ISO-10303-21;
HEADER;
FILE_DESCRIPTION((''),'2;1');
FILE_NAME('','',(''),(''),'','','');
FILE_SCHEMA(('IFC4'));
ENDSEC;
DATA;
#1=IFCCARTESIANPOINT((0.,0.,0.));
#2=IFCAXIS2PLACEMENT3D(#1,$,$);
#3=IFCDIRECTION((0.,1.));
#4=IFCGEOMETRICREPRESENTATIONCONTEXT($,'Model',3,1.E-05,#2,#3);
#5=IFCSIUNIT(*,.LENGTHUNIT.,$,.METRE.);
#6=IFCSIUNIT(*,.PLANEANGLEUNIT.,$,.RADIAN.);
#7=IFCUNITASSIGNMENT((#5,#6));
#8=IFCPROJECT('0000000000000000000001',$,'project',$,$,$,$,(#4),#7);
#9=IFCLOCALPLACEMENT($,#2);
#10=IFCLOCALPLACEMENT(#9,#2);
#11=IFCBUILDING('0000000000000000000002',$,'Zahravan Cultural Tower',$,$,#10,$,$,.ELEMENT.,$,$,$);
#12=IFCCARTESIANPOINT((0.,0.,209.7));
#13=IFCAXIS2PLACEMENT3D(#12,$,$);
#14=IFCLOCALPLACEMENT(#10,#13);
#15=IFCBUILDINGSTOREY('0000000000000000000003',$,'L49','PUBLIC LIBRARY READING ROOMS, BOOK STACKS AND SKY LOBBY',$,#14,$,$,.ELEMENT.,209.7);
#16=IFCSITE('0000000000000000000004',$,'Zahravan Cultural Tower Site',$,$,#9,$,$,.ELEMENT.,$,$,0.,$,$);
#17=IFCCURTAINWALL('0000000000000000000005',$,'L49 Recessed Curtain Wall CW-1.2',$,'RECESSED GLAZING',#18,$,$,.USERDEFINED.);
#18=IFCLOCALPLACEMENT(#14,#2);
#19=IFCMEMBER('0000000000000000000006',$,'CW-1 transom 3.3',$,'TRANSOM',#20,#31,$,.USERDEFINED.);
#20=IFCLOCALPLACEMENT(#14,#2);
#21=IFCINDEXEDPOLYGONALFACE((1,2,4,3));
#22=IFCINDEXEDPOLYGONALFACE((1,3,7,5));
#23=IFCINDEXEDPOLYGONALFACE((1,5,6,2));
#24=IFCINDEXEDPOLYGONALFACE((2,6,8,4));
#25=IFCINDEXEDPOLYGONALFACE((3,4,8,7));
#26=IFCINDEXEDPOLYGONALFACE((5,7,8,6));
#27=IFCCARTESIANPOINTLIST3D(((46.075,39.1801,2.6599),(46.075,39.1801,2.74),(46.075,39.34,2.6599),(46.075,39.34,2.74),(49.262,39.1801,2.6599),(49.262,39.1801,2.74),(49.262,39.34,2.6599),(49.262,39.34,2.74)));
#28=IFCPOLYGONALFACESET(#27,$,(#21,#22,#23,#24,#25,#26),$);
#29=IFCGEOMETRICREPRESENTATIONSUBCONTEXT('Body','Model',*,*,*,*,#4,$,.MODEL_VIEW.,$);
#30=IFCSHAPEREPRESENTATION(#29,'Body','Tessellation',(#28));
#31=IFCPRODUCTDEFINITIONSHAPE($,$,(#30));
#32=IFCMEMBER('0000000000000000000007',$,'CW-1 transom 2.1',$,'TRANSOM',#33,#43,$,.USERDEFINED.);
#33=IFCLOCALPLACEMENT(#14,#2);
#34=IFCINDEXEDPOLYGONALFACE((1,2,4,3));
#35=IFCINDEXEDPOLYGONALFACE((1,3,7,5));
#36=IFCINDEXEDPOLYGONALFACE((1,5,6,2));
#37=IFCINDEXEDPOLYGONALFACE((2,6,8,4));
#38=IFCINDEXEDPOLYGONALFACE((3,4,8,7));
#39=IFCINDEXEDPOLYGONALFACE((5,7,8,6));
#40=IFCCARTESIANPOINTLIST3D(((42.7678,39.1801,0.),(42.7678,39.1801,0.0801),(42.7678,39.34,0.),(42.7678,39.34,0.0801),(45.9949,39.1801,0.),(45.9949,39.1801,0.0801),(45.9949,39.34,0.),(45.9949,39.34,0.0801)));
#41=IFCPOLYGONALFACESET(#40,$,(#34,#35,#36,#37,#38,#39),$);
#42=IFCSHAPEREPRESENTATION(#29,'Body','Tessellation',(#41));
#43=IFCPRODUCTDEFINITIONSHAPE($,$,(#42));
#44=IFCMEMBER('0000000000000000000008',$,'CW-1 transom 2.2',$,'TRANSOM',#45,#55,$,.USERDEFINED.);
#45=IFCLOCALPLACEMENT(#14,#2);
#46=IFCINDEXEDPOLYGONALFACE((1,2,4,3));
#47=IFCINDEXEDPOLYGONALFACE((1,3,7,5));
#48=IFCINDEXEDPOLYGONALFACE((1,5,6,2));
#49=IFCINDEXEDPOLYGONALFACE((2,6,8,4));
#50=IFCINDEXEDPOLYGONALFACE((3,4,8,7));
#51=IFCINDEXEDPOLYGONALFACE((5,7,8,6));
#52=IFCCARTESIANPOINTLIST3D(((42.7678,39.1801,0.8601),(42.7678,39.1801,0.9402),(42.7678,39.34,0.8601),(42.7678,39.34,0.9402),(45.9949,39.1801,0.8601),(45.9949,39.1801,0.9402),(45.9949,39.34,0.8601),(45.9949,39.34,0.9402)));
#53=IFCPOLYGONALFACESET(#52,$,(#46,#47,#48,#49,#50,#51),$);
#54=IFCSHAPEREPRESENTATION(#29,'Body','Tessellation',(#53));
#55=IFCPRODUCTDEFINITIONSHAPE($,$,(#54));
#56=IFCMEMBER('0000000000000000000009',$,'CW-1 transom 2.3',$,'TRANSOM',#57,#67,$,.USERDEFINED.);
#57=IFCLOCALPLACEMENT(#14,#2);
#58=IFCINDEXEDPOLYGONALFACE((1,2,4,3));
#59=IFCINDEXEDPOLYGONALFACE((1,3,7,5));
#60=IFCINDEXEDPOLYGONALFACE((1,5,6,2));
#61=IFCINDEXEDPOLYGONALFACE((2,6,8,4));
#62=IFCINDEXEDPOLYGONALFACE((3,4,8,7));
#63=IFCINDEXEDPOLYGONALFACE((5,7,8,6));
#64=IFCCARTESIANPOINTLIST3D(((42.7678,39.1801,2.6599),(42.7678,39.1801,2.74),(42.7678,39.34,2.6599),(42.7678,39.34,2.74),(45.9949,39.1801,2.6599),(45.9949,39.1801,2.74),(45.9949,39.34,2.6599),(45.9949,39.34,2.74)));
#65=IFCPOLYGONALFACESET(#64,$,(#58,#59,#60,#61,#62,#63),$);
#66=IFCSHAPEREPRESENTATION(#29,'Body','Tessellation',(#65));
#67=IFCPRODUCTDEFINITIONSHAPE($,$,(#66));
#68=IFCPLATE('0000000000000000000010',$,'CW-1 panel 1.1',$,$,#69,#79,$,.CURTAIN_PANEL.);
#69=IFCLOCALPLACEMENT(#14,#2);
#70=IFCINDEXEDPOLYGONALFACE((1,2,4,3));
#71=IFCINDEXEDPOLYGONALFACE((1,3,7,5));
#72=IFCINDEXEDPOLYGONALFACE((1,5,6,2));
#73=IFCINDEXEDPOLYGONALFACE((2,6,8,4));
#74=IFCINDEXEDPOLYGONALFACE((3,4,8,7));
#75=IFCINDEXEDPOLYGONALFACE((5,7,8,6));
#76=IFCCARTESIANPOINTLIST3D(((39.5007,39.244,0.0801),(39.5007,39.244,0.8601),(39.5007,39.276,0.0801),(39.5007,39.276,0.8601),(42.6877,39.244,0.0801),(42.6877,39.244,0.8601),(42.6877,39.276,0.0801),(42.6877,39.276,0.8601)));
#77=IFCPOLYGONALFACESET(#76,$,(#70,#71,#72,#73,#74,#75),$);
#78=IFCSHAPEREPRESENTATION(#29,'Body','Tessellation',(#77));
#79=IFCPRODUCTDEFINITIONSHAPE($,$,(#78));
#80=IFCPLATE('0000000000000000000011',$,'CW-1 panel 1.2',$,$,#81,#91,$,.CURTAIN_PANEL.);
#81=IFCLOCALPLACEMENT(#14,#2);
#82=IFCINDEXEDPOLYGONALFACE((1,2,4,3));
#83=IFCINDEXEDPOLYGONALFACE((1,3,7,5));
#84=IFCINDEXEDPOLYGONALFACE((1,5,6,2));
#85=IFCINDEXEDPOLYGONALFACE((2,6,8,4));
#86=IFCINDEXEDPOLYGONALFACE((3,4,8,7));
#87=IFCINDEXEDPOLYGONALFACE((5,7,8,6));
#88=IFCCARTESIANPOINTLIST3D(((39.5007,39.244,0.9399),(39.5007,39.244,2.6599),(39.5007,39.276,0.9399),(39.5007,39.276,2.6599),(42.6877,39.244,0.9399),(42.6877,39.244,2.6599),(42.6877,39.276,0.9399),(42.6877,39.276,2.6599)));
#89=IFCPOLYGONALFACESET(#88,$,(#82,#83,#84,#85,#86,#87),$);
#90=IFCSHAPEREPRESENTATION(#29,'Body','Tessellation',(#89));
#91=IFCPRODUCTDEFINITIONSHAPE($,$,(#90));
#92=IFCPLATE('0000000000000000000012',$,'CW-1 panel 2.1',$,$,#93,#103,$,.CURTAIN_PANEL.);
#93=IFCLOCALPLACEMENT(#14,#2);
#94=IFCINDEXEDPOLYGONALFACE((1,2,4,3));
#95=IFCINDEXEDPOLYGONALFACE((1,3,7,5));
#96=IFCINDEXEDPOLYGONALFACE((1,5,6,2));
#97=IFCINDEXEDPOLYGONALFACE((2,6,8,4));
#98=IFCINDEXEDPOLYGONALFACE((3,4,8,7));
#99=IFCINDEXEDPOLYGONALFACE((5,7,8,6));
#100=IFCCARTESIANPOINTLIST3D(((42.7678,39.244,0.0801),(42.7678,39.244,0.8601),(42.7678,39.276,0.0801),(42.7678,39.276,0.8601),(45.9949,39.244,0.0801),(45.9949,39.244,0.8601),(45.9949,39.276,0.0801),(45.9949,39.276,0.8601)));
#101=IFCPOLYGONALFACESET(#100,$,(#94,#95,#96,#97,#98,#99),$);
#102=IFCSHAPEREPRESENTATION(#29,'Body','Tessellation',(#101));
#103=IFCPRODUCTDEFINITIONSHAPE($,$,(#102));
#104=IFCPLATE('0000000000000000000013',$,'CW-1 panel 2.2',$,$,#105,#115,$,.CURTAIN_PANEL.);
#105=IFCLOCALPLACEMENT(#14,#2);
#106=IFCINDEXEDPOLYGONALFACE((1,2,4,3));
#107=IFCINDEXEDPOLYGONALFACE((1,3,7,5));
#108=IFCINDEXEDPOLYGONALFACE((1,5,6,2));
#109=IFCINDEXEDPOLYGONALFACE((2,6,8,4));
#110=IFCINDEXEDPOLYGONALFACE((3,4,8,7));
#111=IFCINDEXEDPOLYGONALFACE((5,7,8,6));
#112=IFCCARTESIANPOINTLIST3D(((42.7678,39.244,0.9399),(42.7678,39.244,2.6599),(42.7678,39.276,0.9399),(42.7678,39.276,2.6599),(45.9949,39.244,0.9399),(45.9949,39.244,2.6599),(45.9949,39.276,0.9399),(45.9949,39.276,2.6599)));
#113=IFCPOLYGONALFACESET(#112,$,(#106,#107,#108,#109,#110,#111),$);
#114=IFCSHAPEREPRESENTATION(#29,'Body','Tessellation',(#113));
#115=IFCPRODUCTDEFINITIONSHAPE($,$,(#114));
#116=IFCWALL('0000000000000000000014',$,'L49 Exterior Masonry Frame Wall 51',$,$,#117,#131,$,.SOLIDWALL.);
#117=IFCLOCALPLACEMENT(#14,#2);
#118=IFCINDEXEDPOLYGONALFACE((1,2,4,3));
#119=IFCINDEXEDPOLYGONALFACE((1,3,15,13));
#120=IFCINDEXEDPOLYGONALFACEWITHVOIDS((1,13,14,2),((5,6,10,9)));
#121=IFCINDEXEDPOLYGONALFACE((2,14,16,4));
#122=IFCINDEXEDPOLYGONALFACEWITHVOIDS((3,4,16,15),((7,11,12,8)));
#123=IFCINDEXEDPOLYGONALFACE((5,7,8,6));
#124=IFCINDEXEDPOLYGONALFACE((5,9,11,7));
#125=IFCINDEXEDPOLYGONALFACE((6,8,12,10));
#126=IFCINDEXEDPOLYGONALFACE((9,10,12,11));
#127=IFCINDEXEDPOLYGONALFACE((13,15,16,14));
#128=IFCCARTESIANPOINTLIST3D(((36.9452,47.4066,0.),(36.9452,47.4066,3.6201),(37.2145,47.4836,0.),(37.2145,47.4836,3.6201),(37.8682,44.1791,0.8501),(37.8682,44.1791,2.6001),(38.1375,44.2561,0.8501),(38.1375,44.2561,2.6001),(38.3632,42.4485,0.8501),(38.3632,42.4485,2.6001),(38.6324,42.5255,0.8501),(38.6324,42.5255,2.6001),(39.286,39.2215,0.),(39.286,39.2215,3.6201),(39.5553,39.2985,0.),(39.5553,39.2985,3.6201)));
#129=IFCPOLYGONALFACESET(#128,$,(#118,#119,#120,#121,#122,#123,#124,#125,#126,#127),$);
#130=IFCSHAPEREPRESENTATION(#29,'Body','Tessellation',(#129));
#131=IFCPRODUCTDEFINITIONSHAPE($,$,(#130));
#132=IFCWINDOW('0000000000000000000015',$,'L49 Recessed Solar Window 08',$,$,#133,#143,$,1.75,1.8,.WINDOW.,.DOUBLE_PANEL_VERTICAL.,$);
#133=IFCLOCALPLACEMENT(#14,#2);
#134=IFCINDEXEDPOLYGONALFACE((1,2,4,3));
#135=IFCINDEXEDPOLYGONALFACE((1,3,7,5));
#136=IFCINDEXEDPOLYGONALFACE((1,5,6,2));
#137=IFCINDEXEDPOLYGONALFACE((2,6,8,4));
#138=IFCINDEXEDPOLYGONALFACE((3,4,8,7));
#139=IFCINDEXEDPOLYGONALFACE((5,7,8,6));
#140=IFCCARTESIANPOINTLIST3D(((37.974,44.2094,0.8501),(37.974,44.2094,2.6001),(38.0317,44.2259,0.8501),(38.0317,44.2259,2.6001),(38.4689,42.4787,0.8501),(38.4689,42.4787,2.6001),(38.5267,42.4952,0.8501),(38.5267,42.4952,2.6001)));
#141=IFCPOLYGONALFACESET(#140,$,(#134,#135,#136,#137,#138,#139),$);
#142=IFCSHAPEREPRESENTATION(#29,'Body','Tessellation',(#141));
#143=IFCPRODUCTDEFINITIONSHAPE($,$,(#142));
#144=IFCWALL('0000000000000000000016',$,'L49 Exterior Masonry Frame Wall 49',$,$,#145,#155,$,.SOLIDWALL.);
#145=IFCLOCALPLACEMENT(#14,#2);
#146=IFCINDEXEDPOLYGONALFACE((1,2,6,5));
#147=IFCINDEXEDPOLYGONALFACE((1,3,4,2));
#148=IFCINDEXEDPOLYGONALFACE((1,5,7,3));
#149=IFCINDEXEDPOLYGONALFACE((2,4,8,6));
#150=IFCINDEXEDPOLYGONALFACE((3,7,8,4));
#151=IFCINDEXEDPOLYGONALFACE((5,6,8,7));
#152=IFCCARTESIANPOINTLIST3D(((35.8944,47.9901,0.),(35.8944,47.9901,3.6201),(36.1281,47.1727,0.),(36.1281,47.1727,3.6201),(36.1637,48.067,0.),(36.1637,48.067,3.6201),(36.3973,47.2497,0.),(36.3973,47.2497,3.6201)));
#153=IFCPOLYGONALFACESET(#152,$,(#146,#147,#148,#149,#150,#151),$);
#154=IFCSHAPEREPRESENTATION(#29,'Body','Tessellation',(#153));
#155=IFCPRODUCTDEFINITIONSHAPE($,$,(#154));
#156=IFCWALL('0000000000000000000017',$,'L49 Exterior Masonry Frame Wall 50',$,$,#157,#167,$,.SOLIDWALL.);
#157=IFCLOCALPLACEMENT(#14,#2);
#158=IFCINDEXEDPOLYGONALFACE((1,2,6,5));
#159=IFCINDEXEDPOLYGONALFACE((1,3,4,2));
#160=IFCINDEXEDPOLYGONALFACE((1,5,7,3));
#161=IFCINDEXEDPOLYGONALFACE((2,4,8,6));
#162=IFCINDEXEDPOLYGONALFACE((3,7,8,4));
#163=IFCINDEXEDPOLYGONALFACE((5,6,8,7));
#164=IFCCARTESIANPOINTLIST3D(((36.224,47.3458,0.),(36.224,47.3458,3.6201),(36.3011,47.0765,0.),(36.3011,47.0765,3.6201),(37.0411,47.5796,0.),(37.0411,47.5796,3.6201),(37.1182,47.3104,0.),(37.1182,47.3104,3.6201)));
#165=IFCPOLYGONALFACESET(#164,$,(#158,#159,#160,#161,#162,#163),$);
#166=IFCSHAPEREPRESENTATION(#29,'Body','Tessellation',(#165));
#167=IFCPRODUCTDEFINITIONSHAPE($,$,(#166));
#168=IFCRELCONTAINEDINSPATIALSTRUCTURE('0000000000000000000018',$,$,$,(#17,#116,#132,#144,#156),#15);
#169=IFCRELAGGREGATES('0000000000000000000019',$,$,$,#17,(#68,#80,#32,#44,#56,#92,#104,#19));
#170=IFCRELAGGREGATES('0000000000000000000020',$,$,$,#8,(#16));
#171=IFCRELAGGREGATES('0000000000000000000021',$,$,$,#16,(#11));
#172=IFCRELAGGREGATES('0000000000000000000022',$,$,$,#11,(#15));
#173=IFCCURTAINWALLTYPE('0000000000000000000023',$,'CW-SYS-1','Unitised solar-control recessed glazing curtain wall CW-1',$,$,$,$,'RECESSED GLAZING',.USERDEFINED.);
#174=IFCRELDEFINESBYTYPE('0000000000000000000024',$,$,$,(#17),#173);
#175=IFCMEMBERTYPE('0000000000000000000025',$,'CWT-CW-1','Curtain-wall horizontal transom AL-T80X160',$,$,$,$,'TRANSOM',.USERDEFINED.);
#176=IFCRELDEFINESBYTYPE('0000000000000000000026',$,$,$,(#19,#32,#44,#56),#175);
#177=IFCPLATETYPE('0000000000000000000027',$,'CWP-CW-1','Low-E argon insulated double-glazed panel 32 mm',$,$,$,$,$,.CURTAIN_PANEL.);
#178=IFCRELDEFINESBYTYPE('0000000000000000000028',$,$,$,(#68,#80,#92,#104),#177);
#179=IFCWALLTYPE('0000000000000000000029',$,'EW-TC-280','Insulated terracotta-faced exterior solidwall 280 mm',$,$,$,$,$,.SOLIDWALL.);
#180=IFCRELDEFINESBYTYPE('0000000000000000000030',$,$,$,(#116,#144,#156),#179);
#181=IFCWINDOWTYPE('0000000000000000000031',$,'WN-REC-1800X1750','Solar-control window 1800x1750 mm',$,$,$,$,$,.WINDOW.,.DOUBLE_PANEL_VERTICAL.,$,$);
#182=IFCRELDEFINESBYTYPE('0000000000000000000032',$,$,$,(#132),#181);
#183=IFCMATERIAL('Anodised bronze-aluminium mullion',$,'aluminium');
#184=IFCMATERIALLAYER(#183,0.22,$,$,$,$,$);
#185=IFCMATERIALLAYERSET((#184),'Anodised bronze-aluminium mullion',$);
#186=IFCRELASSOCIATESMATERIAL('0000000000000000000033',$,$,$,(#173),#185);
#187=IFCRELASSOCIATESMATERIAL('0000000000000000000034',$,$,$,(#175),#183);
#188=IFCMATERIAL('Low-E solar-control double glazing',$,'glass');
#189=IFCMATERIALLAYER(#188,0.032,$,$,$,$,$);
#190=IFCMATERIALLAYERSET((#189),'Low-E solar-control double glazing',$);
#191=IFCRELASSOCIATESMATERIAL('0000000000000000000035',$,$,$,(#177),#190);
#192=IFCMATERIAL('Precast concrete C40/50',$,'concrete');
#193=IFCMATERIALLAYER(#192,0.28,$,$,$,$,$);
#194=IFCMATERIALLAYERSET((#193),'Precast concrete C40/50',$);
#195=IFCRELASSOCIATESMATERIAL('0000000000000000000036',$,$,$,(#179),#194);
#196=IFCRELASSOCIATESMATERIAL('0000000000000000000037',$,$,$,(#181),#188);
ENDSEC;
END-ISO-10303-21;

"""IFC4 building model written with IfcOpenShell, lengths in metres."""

from ifc_helpers import new_model, si_unit, direction, frame, frame_2d, origin, origin_2d, place, context, subcontext, project, spatial, rectangle, extrude, source, transform, mapped, material, layer, layer_set, material_profile, profile_set, type_object, element, fill, aggregate, save


model = new_model("IFC4")

# Units and contexts
model_context = context("Model", 3, precision=1e-05, world=origin(), true_north=direction((0.0, 1.0)))
body_context = subcontext(model_context, "Body", "Model", "MODEL_VIEW")
ifc_project = project(units=[si_unit("LENGTHUNIT", "METRE"), si_unit("PLANEANGLEUNIT", "RADIAN")], contexts=[model_context])

# Site, building, storey
site_placement = place(None, origin())
site = spatial("IfcSite", under=ifc_project, at=site_placement, Name="Zahravan Cultural Tower Site", CompositionType="ELEMENT", RefElevation=0.0)
building_placement = place(site_placement, origin())
building = spatial("IfcBuilding", under=site, at=building_placement, Name="Zahravan Cultural Tower", CompositionType="ELEMENT")
storey_placement = place(building_placement, frame((0.0, 0.0, 209.7)))
storey = spatial("IfcBuildingStorey", under=building, at=storey_placement, Name="L49", Description="PUBLIC LIBRARY READING ROOMS, BOOK STACKS AND SKY LOBBY", CompositionType="ELEMENT", Elevation=209.7)

# Curtain wall, members, plates
ifc_material_1 = material(Name="Anodised bronze-aluminium mullion", Category="aluminium")
ifc_layer_1 = layer(ifc_material_1, 0.22)
ifc_layer_set_1 = layer_set([ifc_layer_1], Name="Anodised bronze-aluminium mullion")
curtain_wall_type = type_object("IfcCurtainWallType", Name="CW-SYS-1", Description="Unitised solar-control recessed glazing curtain wall CW-1", ElementType="RECESSED GLAZING", PredefinedType="USERDEFINED", material=ifc_layer_set_1)
curtain_wall_placement = place(storey_placement, origin())
curtain_wall = element("IfcCurtainWall", 1, at=curtain_wall_placement, inside=storey, type_object=curtain_wall_type, Name="L49 Recessed Curtain Wall CW-1.2", ObjectType="RECESSED GLAZING", PredefinedType="USERDEFINED")
ifc_material_profile_1 = material_profile(ifc_material_1, rectangle(XDim=0.1599, YDim=0.0801, at=origin_2d()), Name="AL-T80X160")
ifc_profile_set_1 = profile_set([ifc_material_profile_1], Name="Anodised bronze-aluminium mullion")
member_type_1 = type_object("IfcMemberType", Name="CWT-CW-1", Description="Curtain-wall horizontal transom AL-T80X160", ElementType="TRANSOM", PredefinedType="USERDEFINED", material=ifc_profile_set_1)
shared_shape_1 = source(origin(), body_context, "Body", "SweptSolid", [
    extrude(rectangle(XDim=0.1599, YDim=0.0801, at=origin_2d()), origin(), (0.0, 0.0, 1.0), 3.187),
])
member_1_placement = place(storey_placement, frame((46.075, 39.26, 2.7), z_axis=(1.0, 0.0, 0.0), x_axis=(0.0, 1.0, 0.0)))
member_1 = element("IfcMember", 2, at=member_1_placement, type_object=member_type_1, Name="CW-1 transom 3.3", ObjectType="TRANSOM", PredefinedType="USERDEFINED", context=body_context, shape_type="MappedRepresentation", body=[
    mapped(shared_shape_1, transform((0.0, 0.0, 0.0), x_axis=(1.0, 0.0, 0.0), y_axis=(0.0, 1.0, 0.0), z_axis=(0.0, 0.0, 1.0), scale=1.0)),
])
shared_shape_2 = source(origin(), body_context, "Body", "SweptSolid", [
    extrude(rectangle(XDim=0.1599, YDim=0.0801, at=origin_2d()), origin(), (0.0, 0.0, 1.0), 3.2271),
])
member_2_placement = place(storey_placement, frame((42.7678, 39.26, 0.04), z_axis=(1.0, 0.0, 0.0), x_axis=(0.0, 1.0, 0.0)))
member_2 = element("IfcMember", 3, at=member_2_placement, type_object=member_type_1, Name="CW-1 transom 2.1", ObjectType="TRANSOM", PredefinedType="USERDEFINED", context=body_context, shape_type="MappedRepresentation", body=[
    mapped(shared_shape_2, transform((0.0, 0.0, 0.0), x_axis=(1.0, 0.0, 0.0), y_axis=(0.0, 1.0, 0.0), z_axis=(0.0, 0.0, 1.0), scale=1.0)),
])
member_3_placement = place(storey_placement, frame((42.7678, 39.26, 0.9001), z_axis=(1.0, 0.0, 0.0), x_axis=(0.0, 1.0, 0.0)))
member_3 = element("IfcMember", 4, at=member_3_placement, type_object=member_type_1, Name="CW-1 transom 2.2", ObjectType="TRANSOM", PredefinedType="USERDEFINED", context=body_context, shape_type="MappedRepresentation", body=[
    mapped(shared_shape_2, transform((0.0, 0.0, 0.0), x_axis=(1.0, 0.0, 0.0), y_axis=(0.0, 1.0, 0.0), z_axis=(0.0, 0.0, 1.0), scale=1.0)),
])
member_4_placement = place(storey_placement, frame((42.7678, 39.26, 2.7), z_axis=(1.0, 0.0, 0.0), x_axis=(0.0, 1.0, 0.0)))
member_4 = element("IfcMember", 5, at=member_4_placement, type_object=member_type_1, Name="CW-1 transom 2.3", ObjectType="TRANSOM", PredefinedType="USERDEFINED", context=body_context, shape_type="MappedRepresentation", body=[
    mapped(shared_shape_2, transform((0.0, 0.0, 0.0), x_axis=(1.0, 0.0, 0.0), y_axis=(0.0, 1.0, 0.0), z_axis=(0.0, 0.0, 1.0), scale=1.0)),
])
ifc_material_2 = material(Name="Low-E solar-control double glazing", Category="glass")
ifc_layer_2 = layer(ifc_material_2, 0.032)
ifc_layer_set_2 = layer_set([ifc_layer_2], Name="Low-E solar-control double glazing")
plate_type = type_object("IfcPlateType", Name="CWP-CW-1", Description="Low-E argon insulated double-glazed panel 32 mm", PredefinedType="CURTAIN_PANEL", material=ifc_layer_set_2)
shared_shape_3 = source(origin(), body_context, "Body", "SweptSolid", [
    extrude(rectangle(XDim=3.187, YDim=0.032, at=origin_2d()), origin(), (0.0, 0.0, 1.0), 0.78),
])
plate_1_placement = place(storey_placement, frame((41.0942, 39.26, 0.0801), z_axis=(0.0, 0.0, 1.0), x_axis=(1.0, 0.0, 0.0)))
plate_1 = element("IfcPlate", 6, at=plate_1_placement, type_object=plate_type, Name="CW-1 panel 1.1", PredefinedType="CURTAIN_PANEL", context=body_context, shape_type="MappedRepresentation", body=[
    mapped(shared_shape_3, transform((0.0, 0.0, 0.0), x_axis=(1.0, 0.0, 0.0), y_axis=(0.0, 1.0, 0.0), z_axis=(0.0, 0.0, 1.0), scale=1.0)),
])
shared_shape_4 = source(origin(), body_context, "Body", "SweptSolid", [
    extrude(rectangle(XDim=3.187, YDim=0.032, at=origin_2d()), origin(), (0.0, 0.0, 1.0), 1.72),
])
plate_2_placement = place(storey_placement, frame((41.0942, 39.26, 0.9399), z_axis=(0.0, 0.0, 1.0), x_axis=(1.0, 0.0, 0.0)))
plate_2 = element("IfcPlate", 7, at=plate_2_placement, type_object=plate_type, Name="CW-1 panel 1.2", PredefinedType="CURTAIN_PANEL", context=body_context, shape_type="MappedRepresentation", body=[
    mapped(shared_shape_4, transform((0.0, 0.0, 0.0), x_axis=(1.0, 0.0, 0.0), y_axis=(0.0, 1.0, 0.0), z_axis=(0.0, 0.0, 1.0), scale=1.0)),
])
shared_shape_5 = source(origin(), body_context, "Body", "SweptSolid", [
    extrude(rectangle(XDim=3.2271, YDim=0.032, at=origin_2d()), origin(), (0.0, 0.0, 1.0), 0.78),
])
plate_3_placement = place(storey_placement, frame((44.3813, 39.26, 0.0801), z_axis=(0.0, 0.0, 1.0), x_axis=(1.0, 0.0, 0.0)))
plate_3 = element("IfcPlate", 8, at=plate_3_placement, type_object=plate_type, Name="CW-1 panel 2.1", PredefinedType="CURTAIN_PANEL", context=body_context, shape_type="MappedRepresentation", body=[
    mapped(shared_shape_5, transform((0.0, 0.0, 0.0), x_axis=(1.0, 0.0, 0.0), y_axis=(0.0, 1.0, 0.0), z_axis=(0.0, 0.0, 1.0), scale=1.0)),
])
shared_shape_6 = source(origin(), body_context, "Body", "SweptSolid", [
    extrude(rectangle(XDim=3.2271, YDim=0.032, at=origin_2d()), origin(), (0.0, 0.0, 1.0), 1.72),
])
plate_4_placement = place(storey_placement, frame((44.3813, 39.26, 0.9399), z_axis=(0.0, 0.0, 1.0), x_axis=(1.0, 0.0, 0.0)))
plate_4 = element("IfcPlate", 9, at=plate_4_placement, type_object=plate_type, Name="CW-1 panel 2.2", PredefinedType="CURTAIN_PANEL", context=body_context, shape_type="MappedRepresentation", body=[
    mapped(shared_shape_6, transform((0.0, 0.0, 0.0), x_axis=(1.0, 0.0, 0.0), y_axis=(0.0, 1.0, 0.0), z_axis=(0.0, 0.0, 1.0), scale=1.0)),
])
aggregate(curtain_wall, [plate_1, plate_2, member_2, member_3, member_4, plate_3, plate_4, member_1])

# Wall, opening, window
ifc_material_3 = material(Name="Precast concrete C40/50", Category="concrete")
ifc_layer_3 = layer(ifc_material_3, 0.28)
ifc_layer_set_3 = layer_set([ifc_layer_3], Name="Precast concrete C40/50")
wall_type_1 = type_object("IfcWallType", Name="EW-TC-280", Description="Insulated terracotta-faced exterior solidwall 280 mm", PredefinedType="SOLIDWALL", material=ifc_layer_set_3)
wall_1_placement = place(storey_placement, frame((37.0798, 47.4451, 0.0), z_axis=(0.0, 0.0, 1.0), x_axis=(0.274964, -0.961455, 0.0)))
wall_1 = element("IfcWall", 10, at=wall_1_placement, inside=storey, type_object=wall_type_1, Name="L49 Exterior Masonry Frame Wall 51", PredefinedType="SOLIDWALL", context=body_context, shape_type="SweptSolid", body=[
    extrude(rectangle(XDim=8.5132, YDim=0.28, at=frame_2d((4.2566, 0.0))), origin(), (0.0, 0.0, 1.0), 3.6201),
])
opening_placement = place(wall_1_placement, frame((3.3569, 0.0, 0.8501)))
opening = element("IfcOpeningElement", 11, at=opening_placement, cuts=wall_1, PredefinedType="OPENING", context=body_context, shape_type="SweptSolid", body=[
    extrude(rectangle(XDim=1.8, YDim=1.75, at=frame_2d((0.8999, 0.875))), frame((0.0, 0.1499, 0.0), z_axis=(0.0, -1.0, 0.0), x_axis=(1.0, 0.0, 0.0)), (0.0, 0.0, 1.0), 0.3),
])
window_type = type_object("IfcWindowType", Name="WN-REC-1800X1750", Description="Solar-control window 1800x1750 mm", PartitioningType="DOUBLE_PANEL_VERTICAL", PredefinedType="WINDOW", material=ifc_material_2)
shared_shape_7 = source(origin(), body_context, "Body", "SweptSolid", [
    extrude(rectangle(XDim=1.8, YDim=1.75, at=frame_2d((0.8999, 0.875))), frame((0.0, 0.03, 0.0), z_axis=(0.0, -1.0, 0.0), x_axis=(1.0, 0.0, 0.0)), (0.0, 0.0, 1.0), 0.0601),
])
window_placement = place(opening_placement, origin())
window = element("IfcWindow", 12, at=window_placement, inside=storey, type_object=window_type, Name="L49 Recessed Solar Window 08", OverallHeight=1.75, OverallWidth=1.8, PartitioningType="DOUBLE_PANEL_VERTICAL", PredefinedType="WINDOW", context=body_context, shape_type="MappedRepresentation", body=[
    mapped(shared_shape_7, transform((0.0, 0.0, 0.0), x_axis=(1.0, 0.0, 0.0), y_axis=(0.0, 1.0, 0.0), z_axis=(0.0, 0.0, 1.0), scale=1.0)),
])
fill(opening, window)

# Walls
shared_shape_8 = source(origin(), body_context, "Body", "SweptSolid", [
    extrude(rectangle(XDim=0.8501, YDim=0.28, at=frame_2d((0.425, 0.0))), origin(), (0.0, 0.0, 1.0), 3.6201),
])
wall_2_placement = place(storey_placement, frame((36.0291, 48.0286, 0.0), z_axis=(0.0, 0.0, 1.0), x_axis=(0.274835, -0.961491, 0.0)))
element("IfcWall", 13, at=wall_2_placement, inside=storey, type_object=wall_type_1, Name="L49 Exterior Masonry Frame Wall 49", PredefinedType="SOLIDWALL", context=body_context, shape_type="MappedRepresentation", body=[
    mapped(shared_shape_8, transform((0.0, 0.0, 0.0), x_axis=(1.0, 0.0, 0.0), y_axis=(0.0, 1.0, 0.0), z_axis=(0.0, 0.0, 1.0), scale=1.0)),
])
shared_shape_9 = source(origin(), body_context, "Body", "SweptSolid", [
    extrude(rectangle(XDim=0.8499, YDim=0.28, at=frame_2d((0.4248, 0.0))), origin(), (0.0, 0.0, 1.0), 3.6201),
])
wall_3_placement = place(storey_placement, frame((36.2627, 47.2112, 0.0), z_axis=(0.0, 0.0, 1.0), x_axis=(0.961394, 0.275176, 0.0)))
element("IfcWall", 14, at=wall_3_placement, inside=storey, type_object=wall_type_1, Name="L49 Exterior Masonry Frame Wall 50", PredefinedType="SOLIDWALL", context=body_context, shape_type="MappedRepresentation", body=[
    mapped(shared_shape_9, transform((0.0, 0.0, 0.0), x_axis=(1.0, 0.0, 0.0), y_axis=(0.0, 1.0, 0.0), z_axis=(0.0, 0.0, 1.0), scale=1.0)),
])

save(model, "model.ifc")
